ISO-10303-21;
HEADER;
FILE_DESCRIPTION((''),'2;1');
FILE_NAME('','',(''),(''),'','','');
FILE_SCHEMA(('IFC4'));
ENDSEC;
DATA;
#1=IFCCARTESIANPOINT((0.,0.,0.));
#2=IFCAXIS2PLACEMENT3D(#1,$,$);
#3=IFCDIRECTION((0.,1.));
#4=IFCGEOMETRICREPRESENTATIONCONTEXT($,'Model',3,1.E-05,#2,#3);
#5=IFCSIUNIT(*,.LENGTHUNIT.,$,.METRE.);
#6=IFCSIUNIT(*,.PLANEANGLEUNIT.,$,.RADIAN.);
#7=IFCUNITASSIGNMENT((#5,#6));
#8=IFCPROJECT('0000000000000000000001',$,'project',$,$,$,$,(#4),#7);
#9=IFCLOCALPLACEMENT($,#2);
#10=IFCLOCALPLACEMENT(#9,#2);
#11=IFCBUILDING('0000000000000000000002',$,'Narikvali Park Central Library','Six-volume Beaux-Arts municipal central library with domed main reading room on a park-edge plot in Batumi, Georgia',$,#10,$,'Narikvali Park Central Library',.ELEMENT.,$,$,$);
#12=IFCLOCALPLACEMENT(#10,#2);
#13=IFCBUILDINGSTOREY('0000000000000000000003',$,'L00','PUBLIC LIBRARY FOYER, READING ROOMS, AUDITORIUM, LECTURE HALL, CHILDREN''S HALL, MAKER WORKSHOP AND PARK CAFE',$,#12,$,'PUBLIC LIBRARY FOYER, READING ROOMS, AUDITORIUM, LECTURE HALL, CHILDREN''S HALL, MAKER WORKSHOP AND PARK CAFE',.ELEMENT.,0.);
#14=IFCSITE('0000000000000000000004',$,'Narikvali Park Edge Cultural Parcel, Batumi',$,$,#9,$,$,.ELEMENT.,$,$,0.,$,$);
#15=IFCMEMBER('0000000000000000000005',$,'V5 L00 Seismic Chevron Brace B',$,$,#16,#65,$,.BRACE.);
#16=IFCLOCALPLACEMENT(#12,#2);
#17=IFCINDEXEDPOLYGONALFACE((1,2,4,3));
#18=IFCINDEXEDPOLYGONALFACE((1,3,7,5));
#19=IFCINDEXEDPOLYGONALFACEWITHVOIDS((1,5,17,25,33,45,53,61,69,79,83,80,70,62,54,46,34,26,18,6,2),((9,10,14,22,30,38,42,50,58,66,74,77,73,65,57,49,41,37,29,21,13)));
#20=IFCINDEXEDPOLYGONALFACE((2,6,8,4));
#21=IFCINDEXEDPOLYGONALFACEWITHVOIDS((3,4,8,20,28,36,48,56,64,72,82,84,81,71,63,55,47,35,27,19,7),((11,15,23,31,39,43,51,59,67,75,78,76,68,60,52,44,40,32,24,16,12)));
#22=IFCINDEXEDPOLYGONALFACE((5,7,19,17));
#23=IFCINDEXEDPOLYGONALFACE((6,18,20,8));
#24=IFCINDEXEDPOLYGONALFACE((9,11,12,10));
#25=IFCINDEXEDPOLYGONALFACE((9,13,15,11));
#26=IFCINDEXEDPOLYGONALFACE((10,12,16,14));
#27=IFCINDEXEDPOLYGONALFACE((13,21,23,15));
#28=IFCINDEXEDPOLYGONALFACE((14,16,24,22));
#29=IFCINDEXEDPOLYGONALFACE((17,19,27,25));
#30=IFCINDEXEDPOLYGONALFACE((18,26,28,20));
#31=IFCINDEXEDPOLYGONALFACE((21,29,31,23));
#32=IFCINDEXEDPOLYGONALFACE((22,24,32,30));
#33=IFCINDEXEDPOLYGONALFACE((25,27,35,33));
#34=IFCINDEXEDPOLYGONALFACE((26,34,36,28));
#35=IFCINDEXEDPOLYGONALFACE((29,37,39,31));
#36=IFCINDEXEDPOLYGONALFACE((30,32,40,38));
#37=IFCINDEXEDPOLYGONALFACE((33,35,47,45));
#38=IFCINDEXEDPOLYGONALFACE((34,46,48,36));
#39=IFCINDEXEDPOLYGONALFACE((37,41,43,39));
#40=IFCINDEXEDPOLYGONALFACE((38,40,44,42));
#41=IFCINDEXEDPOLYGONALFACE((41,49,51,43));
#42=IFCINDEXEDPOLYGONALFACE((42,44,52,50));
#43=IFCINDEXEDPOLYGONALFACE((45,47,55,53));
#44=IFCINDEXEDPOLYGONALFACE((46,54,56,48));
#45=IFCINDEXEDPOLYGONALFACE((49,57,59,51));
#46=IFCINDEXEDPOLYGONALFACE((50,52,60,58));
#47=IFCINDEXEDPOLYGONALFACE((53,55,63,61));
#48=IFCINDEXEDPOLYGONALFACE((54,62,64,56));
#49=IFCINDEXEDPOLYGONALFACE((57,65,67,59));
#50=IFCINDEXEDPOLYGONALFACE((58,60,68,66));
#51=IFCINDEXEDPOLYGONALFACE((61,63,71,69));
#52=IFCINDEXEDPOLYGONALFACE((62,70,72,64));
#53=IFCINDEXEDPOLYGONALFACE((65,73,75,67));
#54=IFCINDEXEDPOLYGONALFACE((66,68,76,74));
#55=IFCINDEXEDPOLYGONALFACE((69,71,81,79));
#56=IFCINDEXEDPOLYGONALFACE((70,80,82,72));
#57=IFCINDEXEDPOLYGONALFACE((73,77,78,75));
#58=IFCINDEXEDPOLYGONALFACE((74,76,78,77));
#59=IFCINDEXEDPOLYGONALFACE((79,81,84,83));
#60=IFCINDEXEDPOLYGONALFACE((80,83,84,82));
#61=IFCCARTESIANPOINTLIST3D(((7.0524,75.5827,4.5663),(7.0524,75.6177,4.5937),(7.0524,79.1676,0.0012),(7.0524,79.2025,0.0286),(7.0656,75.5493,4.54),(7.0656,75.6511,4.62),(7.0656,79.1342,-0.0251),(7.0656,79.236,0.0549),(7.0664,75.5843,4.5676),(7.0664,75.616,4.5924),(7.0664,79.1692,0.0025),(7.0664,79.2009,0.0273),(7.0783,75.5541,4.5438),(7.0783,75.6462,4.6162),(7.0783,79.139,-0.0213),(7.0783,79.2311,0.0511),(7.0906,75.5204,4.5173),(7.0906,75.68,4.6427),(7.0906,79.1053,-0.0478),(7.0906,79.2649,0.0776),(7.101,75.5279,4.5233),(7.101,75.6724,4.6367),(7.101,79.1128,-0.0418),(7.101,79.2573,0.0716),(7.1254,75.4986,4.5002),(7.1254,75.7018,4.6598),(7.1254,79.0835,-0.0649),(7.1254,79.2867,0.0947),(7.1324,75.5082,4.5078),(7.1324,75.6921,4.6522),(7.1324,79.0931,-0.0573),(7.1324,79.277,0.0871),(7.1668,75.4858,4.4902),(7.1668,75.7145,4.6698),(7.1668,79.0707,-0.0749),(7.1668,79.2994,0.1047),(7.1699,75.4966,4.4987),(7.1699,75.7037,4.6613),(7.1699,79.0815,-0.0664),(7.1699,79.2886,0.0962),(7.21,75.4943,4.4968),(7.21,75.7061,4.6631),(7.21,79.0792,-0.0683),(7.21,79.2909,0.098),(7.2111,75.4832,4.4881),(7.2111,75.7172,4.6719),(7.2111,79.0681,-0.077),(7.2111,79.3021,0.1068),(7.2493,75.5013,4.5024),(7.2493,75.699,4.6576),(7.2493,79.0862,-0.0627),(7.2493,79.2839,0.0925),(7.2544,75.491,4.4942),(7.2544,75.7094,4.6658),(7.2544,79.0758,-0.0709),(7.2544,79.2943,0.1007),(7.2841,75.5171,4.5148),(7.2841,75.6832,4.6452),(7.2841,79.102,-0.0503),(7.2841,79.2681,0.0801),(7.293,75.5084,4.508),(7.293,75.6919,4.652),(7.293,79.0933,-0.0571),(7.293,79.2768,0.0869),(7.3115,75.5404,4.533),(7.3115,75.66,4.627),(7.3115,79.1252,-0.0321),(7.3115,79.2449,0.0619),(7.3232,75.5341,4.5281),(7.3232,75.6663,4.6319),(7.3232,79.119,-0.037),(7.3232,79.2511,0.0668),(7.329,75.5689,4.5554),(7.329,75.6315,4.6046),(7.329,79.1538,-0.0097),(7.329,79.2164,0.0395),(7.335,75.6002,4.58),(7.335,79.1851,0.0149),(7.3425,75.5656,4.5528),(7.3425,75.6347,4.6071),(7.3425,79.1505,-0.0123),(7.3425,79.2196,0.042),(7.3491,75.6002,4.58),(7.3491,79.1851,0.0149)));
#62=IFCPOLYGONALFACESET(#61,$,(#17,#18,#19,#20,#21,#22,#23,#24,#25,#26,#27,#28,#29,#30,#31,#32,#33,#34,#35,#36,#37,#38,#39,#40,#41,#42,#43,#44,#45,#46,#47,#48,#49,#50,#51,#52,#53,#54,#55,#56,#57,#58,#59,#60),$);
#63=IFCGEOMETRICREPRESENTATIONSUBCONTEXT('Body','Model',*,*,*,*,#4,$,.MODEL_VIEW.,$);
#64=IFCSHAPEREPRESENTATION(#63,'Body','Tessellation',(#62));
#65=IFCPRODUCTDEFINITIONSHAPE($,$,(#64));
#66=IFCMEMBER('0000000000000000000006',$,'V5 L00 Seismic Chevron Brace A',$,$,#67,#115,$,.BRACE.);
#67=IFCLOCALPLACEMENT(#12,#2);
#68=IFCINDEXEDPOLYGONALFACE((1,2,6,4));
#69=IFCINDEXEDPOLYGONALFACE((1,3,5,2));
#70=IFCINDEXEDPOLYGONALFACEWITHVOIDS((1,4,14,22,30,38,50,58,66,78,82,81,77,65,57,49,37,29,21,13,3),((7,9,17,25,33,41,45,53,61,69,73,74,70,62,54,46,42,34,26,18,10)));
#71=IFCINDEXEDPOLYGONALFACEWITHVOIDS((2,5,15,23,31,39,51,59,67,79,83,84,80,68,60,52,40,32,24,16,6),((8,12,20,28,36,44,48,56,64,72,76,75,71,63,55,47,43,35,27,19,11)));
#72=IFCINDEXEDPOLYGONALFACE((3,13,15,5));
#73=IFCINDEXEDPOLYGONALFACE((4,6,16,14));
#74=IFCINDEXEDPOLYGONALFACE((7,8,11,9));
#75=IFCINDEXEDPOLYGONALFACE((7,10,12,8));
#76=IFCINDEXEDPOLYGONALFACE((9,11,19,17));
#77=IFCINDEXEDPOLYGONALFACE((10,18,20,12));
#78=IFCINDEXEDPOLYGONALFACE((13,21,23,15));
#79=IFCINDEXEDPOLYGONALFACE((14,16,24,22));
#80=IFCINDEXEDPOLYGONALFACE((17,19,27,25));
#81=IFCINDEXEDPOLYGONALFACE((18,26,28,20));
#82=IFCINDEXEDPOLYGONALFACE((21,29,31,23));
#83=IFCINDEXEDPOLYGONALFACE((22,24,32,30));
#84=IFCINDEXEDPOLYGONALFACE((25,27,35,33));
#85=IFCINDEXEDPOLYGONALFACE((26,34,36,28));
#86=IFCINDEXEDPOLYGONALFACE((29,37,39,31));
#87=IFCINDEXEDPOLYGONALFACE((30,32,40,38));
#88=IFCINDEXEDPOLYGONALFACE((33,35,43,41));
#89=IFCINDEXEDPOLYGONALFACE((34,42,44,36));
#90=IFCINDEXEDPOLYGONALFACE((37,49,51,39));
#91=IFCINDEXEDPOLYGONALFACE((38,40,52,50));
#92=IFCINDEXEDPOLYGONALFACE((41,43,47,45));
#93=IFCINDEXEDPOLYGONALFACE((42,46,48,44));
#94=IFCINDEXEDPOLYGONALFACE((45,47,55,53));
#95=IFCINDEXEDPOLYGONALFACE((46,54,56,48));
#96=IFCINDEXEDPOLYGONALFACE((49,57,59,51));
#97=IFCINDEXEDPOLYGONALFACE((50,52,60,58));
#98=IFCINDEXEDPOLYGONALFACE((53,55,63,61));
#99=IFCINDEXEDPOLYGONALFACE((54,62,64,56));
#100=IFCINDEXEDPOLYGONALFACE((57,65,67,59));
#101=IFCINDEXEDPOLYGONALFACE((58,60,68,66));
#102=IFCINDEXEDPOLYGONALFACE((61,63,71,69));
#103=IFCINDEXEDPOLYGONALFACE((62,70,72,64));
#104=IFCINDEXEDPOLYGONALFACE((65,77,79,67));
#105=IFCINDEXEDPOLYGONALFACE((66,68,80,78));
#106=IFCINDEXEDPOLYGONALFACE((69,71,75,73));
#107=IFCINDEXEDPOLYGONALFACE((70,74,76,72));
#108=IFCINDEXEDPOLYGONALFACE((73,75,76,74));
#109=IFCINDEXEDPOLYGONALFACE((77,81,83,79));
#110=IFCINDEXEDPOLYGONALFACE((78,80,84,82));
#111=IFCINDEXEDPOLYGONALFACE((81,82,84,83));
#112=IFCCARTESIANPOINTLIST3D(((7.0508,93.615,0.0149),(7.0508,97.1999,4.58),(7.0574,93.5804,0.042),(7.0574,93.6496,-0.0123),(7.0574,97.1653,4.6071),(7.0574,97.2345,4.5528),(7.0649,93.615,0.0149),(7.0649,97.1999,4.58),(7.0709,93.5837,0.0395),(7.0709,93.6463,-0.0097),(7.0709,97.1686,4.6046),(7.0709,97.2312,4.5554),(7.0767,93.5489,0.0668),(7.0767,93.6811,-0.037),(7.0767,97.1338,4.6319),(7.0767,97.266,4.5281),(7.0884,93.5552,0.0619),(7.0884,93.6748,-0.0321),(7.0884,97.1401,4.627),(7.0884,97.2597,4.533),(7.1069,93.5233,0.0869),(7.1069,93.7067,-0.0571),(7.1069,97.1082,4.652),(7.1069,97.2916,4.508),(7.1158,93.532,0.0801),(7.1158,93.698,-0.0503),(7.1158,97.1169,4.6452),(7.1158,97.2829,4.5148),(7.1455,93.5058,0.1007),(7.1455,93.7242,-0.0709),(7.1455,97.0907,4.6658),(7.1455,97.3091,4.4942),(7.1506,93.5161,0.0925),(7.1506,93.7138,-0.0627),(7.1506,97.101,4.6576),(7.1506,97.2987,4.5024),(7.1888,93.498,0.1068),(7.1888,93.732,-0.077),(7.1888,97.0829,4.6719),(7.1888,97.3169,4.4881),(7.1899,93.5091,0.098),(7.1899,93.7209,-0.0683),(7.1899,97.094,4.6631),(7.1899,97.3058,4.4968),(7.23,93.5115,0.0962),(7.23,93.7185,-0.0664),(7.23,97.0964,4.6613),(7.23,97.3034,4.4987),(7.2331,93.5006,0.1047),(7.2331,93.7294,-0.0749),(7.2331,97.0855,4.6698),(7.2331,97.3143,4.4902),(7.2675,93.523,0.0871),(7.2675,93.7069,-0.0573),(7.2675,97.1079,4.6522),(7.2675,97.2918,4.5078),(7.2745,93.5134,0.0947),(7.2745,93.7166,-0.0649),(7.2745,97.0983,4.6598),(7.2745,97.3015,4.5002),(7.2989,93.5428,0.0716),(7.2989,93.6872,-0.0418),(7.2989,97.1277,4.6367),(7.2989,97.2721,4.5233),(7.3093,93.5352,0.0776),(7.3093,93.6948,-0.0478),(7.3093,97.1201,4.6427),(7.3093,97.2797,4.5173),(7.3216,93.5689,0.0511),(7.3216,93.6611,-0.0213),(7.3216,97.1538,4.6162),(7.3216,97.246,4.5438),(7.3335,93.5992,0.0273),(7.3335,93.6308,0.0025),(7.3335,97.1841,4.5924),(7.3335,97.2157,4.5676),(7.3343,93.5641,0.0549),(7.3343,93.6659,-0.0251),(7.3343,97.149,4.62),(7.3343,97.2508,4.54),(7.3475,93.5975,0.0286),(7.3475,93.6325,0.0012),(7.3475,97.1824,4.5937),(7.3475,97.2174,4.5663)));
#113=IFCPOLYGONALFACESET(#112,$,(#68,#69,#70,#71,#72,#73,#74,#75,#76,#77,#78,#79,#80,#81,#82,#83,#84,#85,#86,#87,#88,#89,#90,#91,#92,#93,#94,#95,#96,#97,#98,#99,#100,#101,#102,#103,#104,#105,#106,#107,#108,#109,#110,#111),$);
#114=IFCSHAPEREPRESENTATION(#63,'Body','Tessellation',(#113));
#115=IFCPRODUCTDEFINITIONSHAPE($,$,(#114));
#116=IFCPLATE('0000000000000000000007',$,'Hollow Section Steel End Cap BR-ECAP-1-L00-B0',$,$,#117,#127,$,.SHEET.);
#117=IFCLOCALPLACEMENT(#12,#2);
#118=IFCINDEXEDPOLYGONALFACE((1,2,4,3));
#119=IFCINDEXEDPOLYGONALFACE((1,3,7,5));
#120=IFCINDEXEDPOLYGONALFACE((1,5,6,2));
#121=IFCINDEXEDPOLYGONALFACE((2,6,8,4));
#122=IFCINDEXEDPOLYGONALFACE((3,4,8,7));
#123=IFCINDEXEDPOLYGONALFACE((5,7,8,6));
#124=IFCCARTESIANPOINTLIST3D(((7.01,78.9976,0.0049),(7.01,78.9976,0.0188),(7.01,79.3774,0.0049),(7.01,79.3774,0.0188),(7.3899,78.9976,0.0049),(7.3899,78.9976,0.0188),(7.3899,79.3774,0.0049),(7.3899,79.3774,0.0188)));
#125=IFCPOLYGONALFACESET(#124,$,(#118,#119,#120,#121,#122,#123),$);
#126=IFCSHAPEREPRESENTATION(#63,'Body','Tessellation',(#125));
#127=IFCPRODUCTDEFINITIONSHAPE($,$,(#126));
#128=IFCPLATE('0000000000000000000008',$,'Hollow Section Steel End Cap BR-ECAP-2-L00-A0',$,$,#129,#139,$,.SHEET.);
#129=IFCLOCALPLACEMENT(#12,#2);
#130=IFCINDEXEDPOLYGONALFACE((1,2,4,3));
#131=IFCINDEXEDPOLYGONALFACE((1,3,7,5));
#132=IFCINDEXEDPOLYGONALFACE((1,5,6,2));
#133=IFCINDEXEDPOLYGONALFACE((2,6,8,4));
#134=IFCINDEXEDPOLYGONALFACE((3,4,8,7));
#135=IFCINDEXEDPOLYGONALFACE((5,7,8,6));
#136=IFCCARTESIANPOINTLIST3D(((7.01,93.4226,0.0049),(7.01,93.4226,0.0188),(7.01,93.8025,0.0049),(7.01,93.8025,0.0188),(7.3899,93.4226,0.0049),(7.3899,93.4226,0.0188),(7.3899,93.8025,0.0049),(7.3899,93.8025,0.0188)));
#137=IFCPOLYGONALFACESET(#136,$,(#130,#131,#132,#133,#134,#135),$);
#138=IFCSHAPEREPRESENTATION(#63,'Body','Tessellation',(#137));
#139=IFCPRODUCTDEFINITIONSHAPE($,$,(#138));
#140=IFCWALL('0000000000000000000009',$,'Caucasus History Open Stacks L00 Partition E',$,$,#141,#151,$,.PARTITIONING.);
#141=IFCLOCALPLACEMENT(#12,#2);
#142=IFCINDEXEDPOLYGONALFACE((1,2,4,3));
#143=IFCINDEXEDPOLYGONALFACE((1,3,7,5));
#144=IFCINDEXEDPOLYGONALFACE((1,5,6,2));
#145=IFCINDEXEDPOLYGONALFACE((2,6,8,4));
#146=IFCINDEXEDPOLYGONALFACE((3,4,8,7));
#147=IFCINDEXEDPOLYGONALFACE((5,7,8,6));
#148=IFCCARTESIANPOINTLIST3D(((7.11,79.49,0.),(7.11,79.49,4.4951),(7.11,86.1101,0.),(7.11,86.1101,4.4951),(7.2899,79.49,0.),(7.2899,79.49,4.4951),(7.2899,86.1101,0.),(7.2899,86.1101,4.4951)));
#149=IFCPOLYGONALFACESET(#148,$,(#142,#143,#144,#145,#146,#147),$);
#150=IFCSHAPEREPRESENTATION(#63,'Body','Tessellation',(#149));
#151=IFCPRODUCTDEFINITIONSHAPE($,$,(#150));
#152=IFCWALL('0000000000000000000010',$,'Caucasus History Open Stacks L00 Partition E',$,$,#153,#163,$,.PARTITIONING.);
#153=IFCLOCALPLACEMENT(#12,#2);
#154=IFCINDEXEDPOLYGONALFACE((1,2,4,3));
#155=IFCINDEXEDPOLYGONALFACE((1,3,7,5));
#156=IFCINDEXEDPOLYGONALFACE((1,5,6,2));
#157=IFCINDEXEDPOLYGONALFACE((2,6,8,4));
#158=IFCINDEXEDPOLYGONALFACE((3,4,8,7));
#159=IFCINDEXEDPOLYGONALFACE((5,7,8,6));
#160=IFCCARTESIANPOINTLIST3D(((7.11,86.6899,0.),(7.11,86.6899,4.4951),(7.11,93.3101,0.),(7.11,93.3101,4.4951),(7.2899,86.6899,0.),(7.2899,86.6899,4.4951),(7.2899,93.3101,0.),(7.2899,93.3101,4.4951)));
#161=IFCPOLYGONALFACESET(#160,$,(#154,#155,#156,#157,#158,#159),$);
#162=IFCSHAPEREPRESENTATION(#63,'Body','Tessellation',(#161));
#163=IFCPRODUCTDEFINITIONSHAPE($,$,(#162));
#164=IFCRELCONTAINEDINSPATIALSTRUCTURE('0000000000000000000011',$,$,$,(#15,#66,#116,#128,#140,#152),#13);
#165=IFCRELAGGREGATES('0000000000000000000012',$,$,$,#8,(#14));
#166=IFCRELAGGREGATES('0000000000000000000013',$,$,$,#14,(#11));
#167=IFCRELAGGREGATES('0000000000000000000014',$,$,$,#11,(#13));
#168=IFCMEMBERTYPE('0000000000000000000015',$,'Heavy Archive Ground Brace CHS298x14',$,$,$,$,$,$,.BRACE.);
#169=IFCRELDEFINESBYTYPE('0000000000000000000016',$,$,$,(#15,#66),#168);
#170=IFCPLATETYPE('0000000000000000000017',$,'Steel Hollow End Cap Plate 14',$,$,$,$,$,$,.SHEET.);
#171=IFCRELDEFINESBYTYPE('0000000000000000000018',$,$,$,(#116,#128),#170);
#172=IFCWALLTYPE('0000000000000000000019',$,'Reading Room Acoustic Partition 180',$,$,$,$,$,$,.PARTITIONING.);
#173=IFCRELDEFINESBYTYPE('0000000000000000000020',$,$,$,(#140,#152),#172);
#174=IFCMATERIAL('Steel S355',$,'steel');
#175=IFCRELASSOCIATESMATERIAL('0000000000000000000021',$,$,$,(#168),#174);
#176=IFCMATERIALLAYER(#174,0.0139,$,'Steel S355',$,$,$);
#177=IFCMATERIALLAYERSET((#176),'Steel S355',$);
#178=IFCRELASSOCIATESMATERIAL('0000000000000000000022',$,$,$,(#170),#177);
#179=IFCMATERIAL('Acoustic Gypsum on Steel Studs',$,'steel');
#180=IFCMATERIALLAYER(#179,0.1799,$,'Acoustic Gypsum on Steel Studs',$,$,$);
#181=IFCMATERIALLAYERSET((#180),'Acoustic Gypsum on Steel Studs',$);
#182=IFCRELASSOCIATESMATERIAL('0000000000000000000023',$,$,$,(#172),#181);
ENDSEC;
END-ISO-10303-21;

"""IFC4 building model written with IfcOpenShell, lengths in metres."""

from ifc_helpers import new_model, si_unit, direction, frame, frame_2d, origin, origin_2d, place, context, subcontext, project, spatial, rectangle, hollow_circle, extrude, material, layer, layer_set, material_profile, profile_set, type_object, element, save


model = new_model("IFC4")

# Units and contexts
model_context = context("Model", 3, precision=1e-05, world=origin(), true_north=direction((0.0, 1.0)))
body_context = subcontext(model_context, "Body", "Model", "MODEL_VIEW")
ifc_project = project(units=[si_unit("LENGTHUNIT", "METRE"), si_unit("PLANEANGLEUNIT", "RADIAN")], contexts=[model_context])

# Site, building, storey
site_placement = place(None, origin())
site = spatial("IfcSite", under=ifc_project, at=site_placement, Name="Narikvali Park Edge Cultural Parcel, Batumi", CompositionType="ELEMENT", RefElevation=0.0)
building_placement = place(site_placement, origin())
building = spatial("IfcBuilding", under=site, at=building_placement, Name="Narikvali Park Central Library", Description="Six-volume Beaux-Arts municipal central library with domed main reading room on a park-edge plot in Batumi, Georgia", LongName="Narikvali Park Central Library", CompositionType="ELEMENT")
storey_placement = place(building_placement, origin())
storey = spatial("IfcBuildingStorey", under=building, at=storey_placement, Name="L00", Description="PUBLIC LIBRARY FOYER, READING ROOMS, AUDITORIUM, LECTURE HALL, CHILDREN'S HALL, MAKER WORKSHOP AND PARK CAFE", LongName="PUBLIC LIBRARY FOYER, READING ROOMS, AUDITORIUM, LECTURE HALL, CHILDREN'S HALL, MAKER WORKSHOP AND PARK CAFE", CompositionType="ELEMENT", Elevation=0.0)

# Shared definitions
ifc_material_1 = material(Name="Steel S355", Category="steel")

# Members
ifc_material_profile_1 = material_profile(ifc_material_1, hollow_circle(Radius=0.1492, WallThickness=0.0142, at=origin_2d()), Name="CHS 298.5x14.2")
ifc_profile_set_1 = profile_set([ifc_material_profile_1], Name="Steel S355")
member_type = type_object("IfcMemberType", Name="Heavy Archive Ground Brace CHS298x14", PredefinedType="BRACE", material=ifc_profile_set_1)
for number, where, z_axis, x_axis, name in (
    (1, (7.2, 79.1851, 0.0149), (0.0, -0.617612, 0.786483), (1.0, 0.0, 0.0), "V5 L00 Seismic Chevron Brace B"),
    (2, (7.2, 93.615, 0.0149), (0.0, 0.617612, 0.786483), (-1.0, 0.0, 0.0), "V5 L00 Seismic Chevron Brace A"),
):
    element("IfcMember", number, at=place(storey_placement, frame(where, z_axis=z_axis, x_axis=x_axis)), inside=storey, type_object=member_type, Name=name, PredefinedType="BRACE", context=body_context, shape_type="SweptSolid", body=[
        extrude(hollow_circle(Radius=0.1492, WallThickness=0.0142, at=origin_2d()), origin(), (0.0, 0.0, 1.0), 5.8044),
    ])

# Plates
ifc_layer_1 = layer(ifc_material_1, 0.0139, Name="Steel S355")
ifc_layer_set_1 = layer_set([ifc_layer_1], Name="Steel S355")
plate_type = type_object("IfcPlateType", Name="Steel Hollow End Cap Plate 14", PredefinedType="SHEET", material=ifc_layer_set_1)
for number, where, z_axis, x_axis, name in (
    (3, (7.2, 79.1875, 0.0049), (0.0, 0.0, 1.0), (1.0, 0.0, 0.0), "Hollow Section Steel End Cap BR-ECAP-1-L00-B0"),
    (4, (7.2, 93.6125, 0.0049), (0.0, 0.0, 1.0), (1.0, 0.0, 0.0), "Hollow Section Steel End Cap BR-ECAP-2-L00-A0"),
):
    element("IfcPlate", number, at=place(storey_placement, frame(where, z_axis=z_axis, x_axis=x_axis)), inside=storey, type_object=plate_type, Name=name, PredefinedType="SHEET", context=body_context, shape_type="SweptSolid", body=[
        extrude(rectangle(XDim=0.3799, YDim=0.3799, at=origin_2d()), origin(), (0.0, 0.0, 1.0), 0.0139),
    ])

# Walls
ifc_material_2 = material(Name="Acoustic Gypsum on Steel Studs", Category="steel")
ifc_layer_2 = layer(ifc_material_2, 0.1799, Name="Acoustic Gypsum on Steel Studs")
ifc_layer_set_2 = layer_set([ifc_layer_2], Name="Acoustic Gypsum on Steel Studs")
wall_type = type_object("IfcWallType", Name="Reading Room Acoustic Partition 180", PredefinedType="PARTITIONING", material=ifc_layer_set_2)
for number, where, z_axis, x_axis, name in (
    (5, (7.2, 79.49, 0.0), (0.0, 0.0, 1.0), (0.0, 1.0, 0.0), "Caucasus History Open Stacks L00 Partition E"),
    (6, (7.2, 86.6899, 0.0), (0.0, 0.0, 1.0), (0.0, 1.0, 0.0), "Caucasus History Open Stacks L00 Partition E"),
):
    element("IfcWall", number, at=place(storey_placement, frame(where, z_axis=z_axis, x_axis=x_axis)), inside=storey, type_object=wall_type, Name=name, PredefinedType="PARTITIONING", context=body_context, shape_type="SweptSolid", body=[
        extrude(rectangle(XDim=6.6201, YDim=0.1799, at=frame_2d((3.3101, 0.0))), origin(), (0.0, 0.0, 1.0), 4.4951),
    ])

save(model, "model.ifc")
